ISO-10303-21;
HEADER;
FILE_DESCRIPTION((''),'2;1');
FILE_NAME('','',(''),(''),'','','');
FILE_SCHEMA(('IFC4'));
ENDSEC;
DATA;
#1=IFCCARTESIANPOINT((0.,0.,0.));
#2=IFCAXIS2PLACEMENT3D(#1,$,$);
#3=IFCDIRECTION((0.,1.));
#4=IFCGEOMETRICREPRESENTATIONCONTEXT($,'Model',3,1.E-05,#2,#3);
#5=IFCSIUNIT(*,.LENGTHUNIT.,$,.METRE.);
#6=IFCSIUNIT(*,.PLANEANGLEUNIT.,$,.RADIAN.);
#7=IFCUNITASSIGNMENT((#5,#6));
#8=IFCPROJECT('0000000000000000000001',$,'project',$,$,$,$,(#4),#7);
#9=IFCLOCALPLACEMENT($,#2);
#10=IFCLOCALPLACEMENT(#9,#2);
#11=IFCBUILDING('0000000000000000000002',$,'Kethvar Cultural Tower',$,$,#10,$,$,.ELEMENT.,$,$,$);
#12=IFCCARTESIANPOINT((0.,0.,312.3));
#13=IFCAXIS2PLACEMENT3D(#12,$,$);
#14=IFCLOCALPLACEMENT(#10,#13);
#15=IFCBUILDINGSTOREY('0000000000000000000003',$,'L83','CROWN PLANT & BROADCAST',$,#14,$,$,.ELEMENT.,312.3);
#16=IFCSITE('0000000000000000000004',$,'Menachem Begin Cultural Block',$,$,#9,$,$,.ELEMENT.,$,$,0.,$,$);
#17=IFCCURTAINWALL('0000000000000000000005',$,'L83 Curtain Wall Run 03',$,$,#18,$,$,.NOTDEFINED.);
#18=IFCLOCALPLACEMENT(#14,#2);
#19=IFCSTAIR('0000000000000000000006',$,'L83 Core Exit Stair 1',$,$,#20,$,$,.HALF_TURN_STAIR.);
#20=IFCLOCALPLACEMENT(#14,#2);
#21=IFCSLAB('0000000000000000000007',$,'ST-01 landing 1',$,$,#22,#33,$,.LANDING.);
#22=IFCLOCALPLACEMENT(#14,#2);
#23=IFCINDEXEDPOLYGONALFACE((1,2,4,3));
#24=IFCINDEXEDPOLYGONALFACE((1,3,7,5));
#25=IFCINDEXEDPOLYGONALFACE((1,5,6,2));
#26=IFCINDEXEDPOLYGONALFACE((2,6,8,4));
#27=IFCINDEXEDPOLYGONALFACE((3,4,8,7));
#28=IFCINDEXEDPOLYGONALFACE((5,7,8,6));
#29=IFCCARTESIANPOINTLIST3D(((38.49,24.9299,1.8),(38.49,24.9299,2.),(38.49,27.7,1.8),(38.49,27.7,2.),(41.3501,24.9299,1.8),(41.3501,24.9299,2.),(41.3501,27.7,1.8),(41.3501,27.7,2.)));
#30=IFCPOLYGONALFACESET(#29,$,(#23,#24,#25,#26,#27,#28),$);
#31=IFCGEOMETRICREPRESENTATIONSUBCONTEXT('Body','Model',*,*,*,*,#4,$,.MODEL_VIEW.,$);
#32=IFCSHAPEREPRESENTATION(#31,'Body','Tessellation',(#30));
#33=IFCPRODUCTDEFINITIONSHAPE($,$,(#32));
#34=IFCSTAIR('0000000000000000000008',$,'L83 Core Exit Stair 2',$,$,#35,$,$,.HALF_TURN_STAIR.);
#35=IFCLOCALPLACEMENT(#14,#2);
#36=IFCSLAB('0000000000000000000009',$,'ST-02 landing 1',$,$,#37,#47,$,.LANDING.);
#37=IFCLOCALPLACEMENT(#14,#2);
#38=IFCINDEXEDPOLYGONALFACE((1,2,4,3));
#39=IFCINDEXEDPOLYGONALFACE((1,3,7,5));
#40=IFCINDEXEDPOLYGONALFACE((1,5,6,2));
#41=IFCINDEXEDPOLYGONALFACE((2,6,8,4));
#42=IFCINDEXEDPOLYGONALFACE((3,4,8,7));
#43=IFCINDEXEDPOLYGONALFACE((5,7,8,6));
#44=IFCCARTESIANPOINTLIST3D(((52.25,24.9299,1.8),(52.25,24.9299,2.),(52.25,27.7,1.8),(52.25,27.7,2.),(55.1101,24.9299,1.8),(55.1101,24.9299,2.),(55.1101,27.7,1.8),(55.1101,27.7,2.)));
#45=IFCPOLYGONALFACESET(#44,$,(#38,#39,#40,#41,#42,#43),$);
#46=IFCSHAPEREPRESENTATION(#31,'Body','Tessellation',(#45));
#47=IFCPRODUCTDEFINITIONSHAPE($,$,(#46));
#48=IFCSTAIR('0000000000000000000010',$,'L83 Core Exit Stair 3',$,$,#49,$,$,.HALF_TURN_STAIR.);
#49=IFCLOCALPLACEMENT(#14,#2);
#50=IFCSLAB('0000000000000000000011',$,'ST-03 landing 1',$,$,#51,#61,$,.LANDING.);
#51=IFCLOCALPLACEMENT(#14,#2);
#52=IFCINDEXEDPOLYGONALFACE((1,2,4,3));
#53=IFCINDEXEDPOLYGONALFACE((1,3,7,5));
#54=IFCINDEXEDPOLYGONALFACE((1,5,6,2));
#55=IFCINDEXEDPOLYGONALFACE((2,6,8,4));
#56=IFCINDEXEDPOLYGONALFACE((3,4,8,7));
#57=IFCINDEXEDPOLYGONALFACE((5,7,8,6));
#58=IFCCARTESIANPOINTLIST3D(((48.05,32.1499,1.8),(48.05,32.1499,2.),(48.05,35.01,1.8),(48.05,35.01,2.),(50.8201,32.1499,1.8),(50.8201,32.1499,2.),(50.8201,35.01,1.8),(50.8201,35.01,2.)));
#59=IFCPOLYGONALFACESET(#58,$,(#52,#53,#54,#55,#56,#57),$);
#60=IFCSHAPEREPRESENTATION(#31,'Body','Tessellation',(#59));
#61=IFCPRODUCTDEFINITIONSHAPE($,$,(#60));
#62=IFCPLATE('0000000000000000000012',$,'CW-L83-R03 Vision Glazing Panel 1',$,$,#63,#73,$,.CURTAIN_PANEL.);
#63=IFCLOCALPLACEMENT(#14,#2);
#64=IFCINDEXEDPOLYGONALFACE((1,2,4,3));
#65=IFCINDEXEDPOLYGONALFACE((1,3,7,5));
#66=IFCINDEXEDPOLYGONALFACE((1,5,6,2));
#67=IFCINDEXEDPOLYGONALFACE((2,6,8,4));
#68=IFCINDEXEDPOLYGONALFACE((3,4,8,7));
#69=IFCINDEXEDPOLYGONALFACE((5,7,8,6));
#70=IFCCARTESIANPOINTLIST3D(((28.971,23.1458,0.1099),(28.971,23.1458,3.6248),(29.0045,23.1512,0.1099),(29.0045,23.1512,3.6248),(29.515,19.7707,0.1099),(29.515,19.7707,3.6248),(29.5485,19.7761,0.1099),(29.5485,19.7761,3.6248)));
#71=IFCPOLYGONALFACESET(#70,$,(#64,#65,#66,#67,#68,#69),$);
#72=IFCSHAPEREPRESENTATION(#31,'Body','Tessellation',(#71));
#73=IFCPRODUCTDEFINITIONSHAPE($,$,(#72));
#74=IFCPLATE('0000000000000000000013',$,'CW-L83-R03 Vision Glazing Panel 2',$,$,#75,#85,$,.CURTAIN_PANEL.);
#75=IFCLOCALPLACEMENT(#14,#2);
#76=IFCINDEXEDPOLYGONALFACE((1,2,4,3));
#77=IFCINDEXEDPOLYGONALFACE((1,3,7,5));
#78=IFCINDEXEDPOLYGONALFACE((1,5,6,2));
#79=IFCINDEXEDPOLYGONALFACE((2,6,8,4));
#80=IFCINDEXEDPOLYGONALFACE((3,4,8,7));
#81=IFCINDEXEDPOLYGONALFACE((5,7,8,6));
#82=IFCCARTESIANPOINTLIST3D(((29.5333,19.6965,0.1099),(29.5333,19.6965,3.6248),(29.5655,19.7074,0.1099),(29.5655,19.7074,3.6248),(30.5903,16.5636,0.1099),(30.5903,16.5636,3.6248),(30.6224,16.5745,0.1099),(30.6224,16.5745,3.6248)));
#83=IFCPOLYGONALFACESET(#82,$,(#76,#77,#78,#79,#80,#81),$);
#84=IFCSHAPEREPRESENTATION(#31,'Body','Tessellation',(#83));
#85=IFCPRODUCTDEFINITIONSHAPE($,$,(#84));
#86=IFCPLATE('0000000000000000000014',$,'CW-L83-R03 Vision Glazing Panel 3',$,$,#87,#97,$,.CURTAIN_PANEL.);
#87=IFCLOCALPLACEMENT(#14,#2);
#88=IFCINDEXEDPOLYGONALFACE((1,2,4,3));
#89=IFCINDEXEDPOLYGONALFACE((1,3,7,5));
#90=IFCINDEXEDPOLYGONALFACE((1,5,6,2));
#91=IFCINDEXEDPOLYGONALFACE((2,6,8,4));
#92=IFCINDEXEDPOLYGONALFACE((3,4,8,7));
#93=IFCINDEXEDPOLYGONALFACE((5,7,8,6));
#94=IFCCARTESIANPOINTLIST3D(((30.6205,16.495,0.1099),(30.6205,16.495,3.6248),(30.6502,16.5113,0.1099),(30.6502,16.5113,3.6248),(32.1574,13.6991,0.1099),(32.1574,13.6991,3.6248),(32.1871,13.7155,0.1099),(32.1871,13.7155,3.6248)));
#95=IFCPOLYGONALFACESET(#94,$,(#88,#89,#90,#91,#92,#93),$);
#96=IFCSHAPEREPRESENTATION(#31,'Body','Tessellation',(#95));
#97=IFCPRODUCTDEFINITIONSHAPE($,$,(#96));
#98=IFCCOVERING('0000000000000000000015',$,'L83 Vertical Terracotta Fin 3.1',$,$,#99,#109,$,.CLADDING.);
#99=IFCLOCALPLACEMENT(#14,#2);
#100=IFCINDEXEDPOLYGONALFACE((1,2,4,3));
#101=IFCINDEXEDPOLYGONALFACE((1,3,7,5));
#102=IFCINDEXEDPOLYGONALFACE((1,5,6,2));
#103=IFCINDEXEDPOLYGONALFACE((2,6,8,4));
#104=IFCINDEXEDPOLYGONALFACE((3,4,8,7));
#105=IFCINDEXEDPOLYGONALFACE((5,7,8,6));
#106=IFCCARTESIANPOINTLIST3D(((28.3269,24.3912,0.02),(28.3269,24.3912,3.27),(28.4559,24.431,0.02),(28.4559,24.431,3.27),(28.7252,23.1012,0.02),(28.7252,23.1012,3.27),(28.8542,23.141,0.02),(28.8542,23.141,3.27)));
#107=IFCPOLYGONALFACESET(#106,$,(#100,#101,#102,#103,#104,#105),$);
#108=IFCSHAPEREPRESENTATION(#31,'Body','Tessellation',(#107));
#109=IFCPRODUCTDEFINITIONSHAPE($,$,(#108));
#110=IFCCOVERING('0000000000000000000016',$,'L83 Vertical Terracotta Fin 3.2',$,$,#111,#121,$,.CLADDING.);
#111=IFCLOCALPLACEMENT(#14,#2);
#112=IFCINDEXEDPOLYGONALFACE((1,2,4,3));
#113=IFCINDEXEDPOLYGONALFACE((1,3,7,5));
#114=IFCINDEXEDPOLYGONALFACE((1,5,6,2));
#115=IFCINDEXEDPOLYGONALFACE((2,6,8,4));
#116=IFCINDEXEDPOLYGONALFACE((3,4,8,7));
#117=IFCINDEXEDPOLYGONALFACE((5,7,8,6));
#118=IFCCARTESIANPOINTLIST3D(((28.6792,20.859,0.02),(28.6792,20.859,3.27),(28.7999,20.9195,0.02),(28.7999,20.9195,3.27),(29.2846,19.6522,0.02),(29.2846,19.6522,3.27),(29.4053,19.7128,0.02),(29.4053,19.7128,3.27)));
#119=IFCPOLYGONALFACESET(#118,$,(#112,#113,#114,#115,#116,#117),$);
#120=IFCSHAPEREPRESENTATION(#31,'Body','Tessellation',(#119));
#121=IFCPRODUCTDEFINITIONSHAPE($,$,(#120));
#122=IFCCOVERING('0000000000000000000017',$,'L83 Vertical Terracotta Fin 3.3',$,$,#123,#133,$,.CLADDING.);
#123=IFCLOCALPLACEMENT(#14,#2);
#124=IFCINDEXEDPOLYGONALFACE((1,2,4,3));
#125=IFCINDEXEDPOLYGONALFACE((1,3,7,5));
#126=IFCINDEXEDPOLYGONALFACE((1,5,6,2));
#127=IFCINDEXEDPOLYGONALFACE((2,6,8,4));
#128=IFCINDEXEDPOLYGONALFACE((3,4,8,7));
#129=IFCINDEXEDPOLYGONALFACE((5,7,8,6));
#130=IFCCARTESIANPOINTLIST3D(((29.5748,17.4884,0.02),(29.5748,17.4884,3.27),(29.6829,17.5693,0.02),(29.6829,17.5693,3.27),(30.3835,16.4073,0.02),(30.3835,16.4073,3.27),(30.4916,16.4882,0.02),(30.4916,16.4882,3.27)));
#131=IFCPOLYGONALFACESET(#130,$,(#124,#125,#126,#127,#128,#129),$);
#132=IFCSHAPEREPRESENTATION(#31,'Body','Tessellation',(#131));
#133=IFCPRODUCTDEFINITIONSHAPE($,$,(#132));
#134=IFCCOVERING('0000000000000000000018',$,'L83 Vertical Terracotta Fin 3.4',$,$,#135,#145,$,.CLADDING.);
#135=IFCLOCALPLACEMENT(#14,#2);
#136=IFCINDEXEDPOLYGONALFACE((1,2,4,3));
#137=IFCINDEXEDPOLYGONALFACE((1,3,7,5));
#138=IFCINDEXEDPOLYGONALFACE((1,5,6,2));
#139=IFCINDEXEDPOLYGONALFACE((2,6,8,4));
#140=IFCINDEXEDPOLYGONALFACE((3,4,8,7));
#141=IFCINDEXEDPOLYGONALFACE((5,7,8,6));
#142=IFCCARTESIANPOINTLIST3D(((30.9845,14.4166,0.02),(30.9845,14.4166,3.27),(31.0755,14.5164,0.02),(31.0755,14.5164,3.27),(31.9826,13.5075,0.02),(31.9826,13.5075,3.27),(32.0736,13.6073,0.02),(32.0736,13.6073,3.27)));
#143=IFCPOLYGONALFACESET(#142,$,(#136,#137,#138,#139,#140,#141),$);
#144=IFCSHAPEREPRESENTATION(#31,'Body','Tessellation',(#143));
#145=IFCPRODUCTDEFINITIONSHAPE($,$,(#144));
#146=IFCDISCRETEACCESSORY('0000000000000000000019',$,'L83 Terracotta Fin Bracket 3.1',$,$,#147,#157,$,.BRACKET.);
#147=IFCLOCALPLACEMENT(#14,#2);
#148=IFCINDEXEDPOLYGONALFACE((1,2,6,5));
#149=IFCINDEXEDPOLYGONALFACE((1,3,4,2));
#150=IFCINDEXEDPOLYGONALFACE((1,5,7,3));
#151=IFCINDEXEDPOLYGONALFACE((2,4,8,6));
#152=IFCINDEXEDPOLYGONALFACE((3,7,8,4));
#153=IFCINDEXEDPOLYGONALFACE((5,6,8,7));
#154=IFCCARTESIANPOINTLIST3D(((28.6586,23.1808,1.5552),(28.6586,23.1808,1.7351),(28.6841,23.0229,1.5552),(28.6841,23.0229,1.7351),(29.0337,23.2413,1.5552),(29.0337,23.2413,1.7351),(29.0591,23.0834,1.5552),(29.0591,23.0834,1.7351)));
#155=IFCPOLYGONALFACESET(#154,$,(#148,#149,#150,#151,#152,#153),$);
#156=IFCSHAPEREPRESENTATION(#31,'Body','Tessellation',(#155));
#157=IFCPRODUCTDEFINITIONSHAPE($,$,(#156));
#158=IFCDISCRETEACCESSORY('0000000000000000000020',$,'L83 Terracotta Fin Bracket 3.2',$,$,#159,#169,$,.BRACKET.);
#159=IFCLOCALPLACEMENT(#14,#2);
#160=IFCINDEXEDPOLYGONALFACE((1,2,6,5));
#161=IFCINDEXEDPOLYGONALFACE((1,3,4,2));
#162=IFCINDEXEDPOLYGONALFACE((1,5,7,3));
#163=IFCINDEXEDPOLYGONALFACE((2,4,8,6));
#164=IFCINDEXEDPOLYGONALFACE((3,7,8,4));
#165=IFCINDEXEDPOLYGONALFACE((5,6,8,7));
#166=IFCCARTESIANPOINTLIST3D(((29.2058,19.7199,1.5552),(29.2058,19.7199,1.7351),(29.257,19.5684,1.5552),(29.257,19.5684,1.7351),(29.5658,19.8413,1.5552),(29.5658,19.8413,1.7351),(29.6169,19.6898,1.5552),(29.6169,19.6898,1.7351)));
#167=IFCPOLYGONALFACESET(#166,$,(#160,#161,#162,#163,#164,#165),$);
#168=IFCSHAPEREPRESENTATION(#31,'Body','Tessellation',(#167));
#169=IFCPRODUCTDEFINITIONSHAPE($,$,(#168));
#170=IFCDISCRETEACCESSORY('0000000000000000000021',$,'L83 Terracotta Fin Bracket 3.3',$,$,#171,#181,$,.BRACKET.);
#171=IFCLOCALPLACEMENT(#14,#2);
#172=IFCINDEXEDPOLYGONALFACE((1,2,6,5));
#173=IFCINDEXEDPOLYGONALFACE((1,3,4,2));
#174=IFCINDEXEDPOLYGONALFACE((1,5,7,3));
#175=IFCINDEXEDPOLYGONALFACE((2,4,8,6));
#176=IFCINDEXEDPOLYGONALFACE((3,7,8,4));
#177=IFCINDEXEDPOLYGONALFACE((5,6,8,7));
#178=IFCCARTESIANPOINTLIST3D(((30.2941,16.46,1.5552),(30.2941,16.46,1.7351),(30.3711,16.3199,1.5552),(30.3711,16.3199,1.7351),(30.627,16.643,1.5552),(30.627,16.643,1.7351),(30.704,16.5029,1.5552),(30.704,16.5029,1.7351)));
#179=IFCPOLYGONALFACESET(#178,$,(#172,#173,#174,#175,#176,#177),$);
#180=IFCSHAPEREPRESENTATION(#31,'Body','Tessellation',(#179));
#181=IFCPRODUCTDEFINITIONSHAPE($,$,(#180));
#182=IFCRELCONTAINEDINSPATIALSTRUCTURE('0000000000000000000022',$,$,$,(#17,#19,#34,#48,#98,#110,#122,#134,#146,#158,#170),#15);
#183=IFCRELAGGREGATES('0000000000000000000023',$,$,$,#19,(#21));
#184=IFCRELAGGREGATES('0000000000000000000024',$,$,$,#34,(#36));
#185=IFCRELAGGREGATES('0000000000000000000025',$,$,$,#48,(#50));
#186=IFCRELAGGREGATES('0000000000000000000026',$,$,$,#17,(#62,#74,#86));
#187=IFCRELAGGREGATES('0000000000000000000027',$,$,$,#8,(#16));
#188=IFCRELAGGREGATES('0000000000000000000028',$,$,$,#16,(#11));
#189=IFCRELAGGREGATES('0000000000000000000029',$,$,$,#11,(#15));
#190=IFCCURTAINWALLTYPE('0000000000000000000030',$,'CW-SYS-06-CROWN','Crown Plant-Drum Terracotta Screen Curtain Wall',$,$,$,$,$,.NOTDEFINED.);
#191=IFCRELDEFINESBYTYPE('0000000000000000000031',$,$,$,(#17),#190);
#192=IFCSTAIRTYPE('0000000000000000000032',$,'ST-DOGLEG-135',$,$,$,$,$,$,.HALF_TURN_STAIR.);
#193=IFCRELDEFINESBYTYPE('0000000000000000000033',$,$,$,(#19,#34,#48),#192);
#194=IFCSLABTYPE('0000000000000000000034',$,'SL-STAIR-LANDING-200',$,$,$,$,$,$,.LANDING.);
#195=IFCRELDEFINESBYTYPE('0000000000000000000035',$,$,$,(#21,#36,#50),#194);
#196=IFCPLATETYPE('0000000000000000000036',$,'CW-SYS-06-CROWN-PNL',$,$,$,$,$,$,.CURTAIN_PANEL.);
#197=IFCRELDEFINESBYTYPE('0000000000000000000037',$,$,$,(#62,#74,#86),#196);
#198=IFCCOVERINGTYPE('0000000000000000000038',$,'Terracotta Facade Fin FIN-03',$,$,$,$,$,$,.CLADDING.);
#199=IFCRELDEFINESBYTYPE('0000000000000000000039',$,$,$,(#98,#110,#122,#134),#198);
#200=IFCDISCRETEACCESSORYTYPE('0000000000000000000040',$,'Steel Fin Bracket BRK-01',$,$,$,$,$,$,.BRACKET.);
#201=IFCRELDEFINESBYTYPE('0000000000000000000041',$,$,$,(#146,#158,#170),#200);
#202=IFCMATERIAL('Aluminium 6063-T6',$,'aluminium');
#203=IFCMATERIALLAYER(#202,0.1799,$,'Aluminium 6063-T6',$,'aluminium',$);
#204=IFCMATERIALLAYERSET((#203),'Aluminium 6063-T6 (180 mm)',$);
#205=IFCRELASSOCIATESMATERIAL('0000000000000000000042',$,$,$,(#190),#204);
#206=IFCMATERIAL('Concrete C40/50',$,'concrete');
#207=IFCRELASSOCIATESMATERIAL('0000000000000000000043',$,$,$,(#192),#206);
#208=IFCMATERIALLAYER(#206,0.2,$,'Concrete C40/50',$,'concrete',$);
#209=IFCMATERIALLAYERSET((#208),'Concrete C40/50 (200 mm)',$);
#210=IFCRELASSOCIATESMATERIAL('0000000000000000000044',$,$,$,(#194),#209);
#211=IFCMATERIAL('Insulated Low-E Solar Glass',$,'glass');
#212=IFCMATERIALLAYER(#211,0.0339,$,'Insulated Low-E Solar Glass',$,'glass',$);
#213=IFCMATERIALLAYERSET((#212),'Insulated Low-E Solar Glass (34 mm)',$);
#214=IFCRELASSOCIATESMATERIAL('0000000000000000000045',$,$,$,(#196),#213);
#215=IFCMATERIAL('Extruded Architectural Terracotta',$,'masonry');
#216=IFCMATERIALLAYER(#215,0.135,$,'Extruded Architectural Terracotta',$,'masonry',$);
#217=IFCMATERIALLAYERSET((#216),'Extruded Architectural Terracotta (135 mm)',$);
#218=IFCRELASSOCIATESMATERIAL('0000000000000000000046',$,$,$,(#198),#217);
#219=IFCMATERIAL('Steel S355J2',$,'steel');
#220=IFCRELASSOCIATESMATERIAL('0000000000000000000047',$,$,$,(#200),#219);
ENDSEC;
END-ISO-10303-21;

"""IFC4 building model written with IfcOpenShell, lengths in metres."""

from ifc_helpers import new_model, si_unit, direction, frame, origin, origin_2d, place, context, subcontext, project, spatial, polyline, rectangle, outline, extrude, source, transform, mapped, material, layer, layer_set, type_object, element, aggregate, save


model = new_model("IFC4")

# Units and contexts
model_context = context("Model", 3, precision=1e-05, world=origin(), true_north=direction((0.0, 1.0)))
body_context = subcontext(model_context, "Body", "Model", "MODEL_VIEW")
ifc_project = project(units=[si_unit("LENGTHUNIT", "METRE"), si_unit("PLANEANGLEUNIT", "RADIAN")], contexts=[model_context])

# Site, building, storey
site_placement = place(None, origin())
site = spatial("IfcSite", under=ifc_project, at=site_placement, Name="Menachem Begin Cultural Block", CompositionType="ELEMENT", RefElevation=0.0)
building_placement = place(site_placement, origin())
building = spatial("IfcBuilding", under=site, at=building_placement, Name="Kethvar Cultural Tower", CompositionType="ELEMENT")
storey_placement = place(building_placement, frame((0.0, 0.0, 312.3)))
storey = spatial("IfcBuildingStorey", under=building, at=storey_placement, Name="L83", Description="CROWN PLANT & BROADCAST", CompositionType="ELEMENT", Elevation=312.3)

# Shared definitions
ifc_material_1 = material(Name="Steel S355J2", Category="steel")

# Shared definitions
ifc_material_2 = material(Name="Aluminium 6063-T6", Category="aluminium")
ifc_layer_1 = layer(ifc_material_2, 0.1799, Name="Aluminium 6063-T6", Category="aluminium")
ifc_layer_set_1 = layer_set([ifc_layer_1], Name="Aluminium 6063-T6 (180 mm)")
curtain_wall_type = type_object("IfcCurtainWallType", Name="CW-SYS-06-CROWN", Description="Crown Plant-Drum Terracotta Screen Curtain Wall", PredefinedType="NOTDEFINED", material=ifc_layer_set_1)

# Curtain wall
curtain_wall_1_placement = place(storey_placement, origin())
curtain_wall_1 = element("IfcCurtainWall", 1, at=curtain_wall_1_placement, inside=storey, type_object=curtain_wall_type, Name="L83 Curtain Wall Run 03", PredefinedType="NOTDEFINED")

# Stairs, slabs
ifc_material_3 = material(Name="Concrete C40/50", Category="concrete")
stair_type = type_object("IfcStairType", Name="ST-DOGLEG-135", PredefinedType="HALF_TURN_STAIR", material=ifc_material_3)
stair_1_placement = place(storey_placement, origin())
stair_1 = element("IfcStair", 2, at=stair_1_placement, inside=storey, type_object=stair_type, Name="L83 Core Exit Stair 1", PredefinedType="HALF_TURN_STAIR")
ifc_layer_2 = layer(ifc_material_3, 0.2, Name="Concrete C40/50", Category="concrete")
ifc_layer_set_2 = layer_set([ifc_layer_2], Name="Concrete C40/50 (200 mm)")
slab_type_1 = type_object("IfcSlabType", Name="SL-STAIR-LANDING-200", PredefinedType="LANDING", material=ifc_layer_set_2)
slab_1_placement = place(storey_placement, frame((0.0, 0.0, 1.8)))
slab_1 = element("IfcSlab", 3, at=slab_1_placement, type_object=slab_type_1, Name="ST-01 landing 1", PredefinedType="LANDING", context=body_context, shape_type="SweptSolid", body=[
    extrude(outline(polyline([(41.3501, 24.9299), (41.3501, 27.7), (38.49, 27.7), (38.49, 24.9299), (41.3501, 24.9299)])), origin(), (0.0, 0.0, 1.0), 0.2),
])
aggregate(stair_1, [slab_1])
stair_2_placement = place(storey_placement, origin())
stair_2 = element("IfcStair", 4, at=stair_2_placement, inside=storey, type_object=stair_type, Name="L83 Core Exit Stair 2", PredefinedType="HALF_TURN_STAIR")
slab_2_placement = place(storey_placement, frame((0.0, 0.0, 1.8)))
slab_2 = element("IfcSlab", 5, at=slab_2_placement, type_object=slab_type_1, Name="ST-02 landing 1", PredefinedType="LANDING", context=body_context, shape_type="SweptSolid", body=[
    extrude(outline(polyline([(55.1101, 24.9299), (55.1101, 27.7), (52.25, 27.7), (52.25, 24.9299), (55.1101, 24.9299)])), origin(), (0.0, 0.0, 1.0), 0.2),
])
aggregate(stair_2, [slab_2])
stair_3_placement = place(storey_placement, origin())
stair_3 = element("IfcStair", 6, at=stair_3_placement, inside=storey, type_object=stair_type, Name="L83 Core Exit Stair 3", PredefinedType="HALF_TURN_STAIR")
slab_3_placement = place(storey_placement, frame((0.0, 0.0, 1.8)))
slab_3 = element("IfcSlab", 7, at=slab_3_placement, type_object=slab_type_1, Name="ST-03 landing 1", PredefinedType="LANDING", context=body_context, shape_type="SweptSolid", body=[
    extrude(outline(polyline([(50.8201, 35.01), (48.05, 35.01), (48.05, 32.1499), (50.8201, 32.1499), (50.8201, 35.01)])), origin(), (0.0, 0.0, 1.0), 0.2),
])
aggregate(stair_3, [slab_3])

# Plates
ifc_material_4 = material(Name="Insulated Low-E Solar Glass", Category="glass")
ifc_layer_3 = layer(ifc_material_4, 0.0339, Name="Insulated Low-E Solar Glass", Category="glass")
ifc_layer_set_3 = layer_set([ifc_layer_3], Name="Insulated Low-E Solar Glass (34 mm)")
plate_type = type_object("IfcPlateType", Name="CW-SYS-06-CROWN-PNL", PredefinedType="CURTAIN_PANEL", material=ifc_layer_set_3)
shared_shape_1 = source(origin(), body_context, "Body", "SweptSolid", [
    extrude(rectangle(XDim=3.4187, YDim=0.0339, at=origin_2d()), origin(), (0.0, 0.0, 1.0), 3.5149),
])
plate_1_placement = place(storey_placement, frame((29.2598, 21.4609, 0.1099), z_axis=(0.0, 0.0, 1.0), x_axis=(0.159123, -0.987259, 0.0)))
plate_1 = element("IfcPlate", 8, at=plate_1_placement, type_object=plate_type, Name="CW-L83-R03 Vision Glazing Panel 1", PredefinedType="CURTAIN_PANEL", context=body_context, shape_type="MappedRepresentation", body=[
    mapped(shared_shape_1, transform((0.0, 0.0, 0.0), scale=1.0)),
])
shared_shape_2 = source(origin(), body_context, "Body", "SweptSolid", [
    extrude(rectangle(XDim=3.3064, YDim=0.0339, at=origin_2d()), origin(), (0.0, 0.0, 1.0), 3.5149),
])
plate_2_placement = place(storey_placement, frame((30.0779, 18.1355, 0.1099), z_axis=(0.0, 0.0, 1.0), x_axis=(0.319671, -0.947529, 0.0)))
plate_2 = element("IfcPlate", 9, at=plate_2_placement, type_object=plate_type, Name="CW-L83-R03 Vision Glazing Panel 2", PredefinedType="CURTAIN_PANEL", context=body_context, shape_type="MappedRepresentation", body=[
    mapped(shared_shape_2, transform((0.0, 0.0, 0.0), scale=1.0)),
])
shared_shape_3 = source(origin(), body_context, "Body", "SweptSolid", [
    extrude(rectangle(XDim=3.1904, YDim=0.0339, at=origin_2d()), origin(), (0.0, 0.0, 1.0), 3.5149),
])
plate_3_placement = place(storey_placement, frame((31.4038, 15.1052, 0.1099), z_axis=(0.0, 0.0, 1.0), x_axis=(0.481723, -0.876323, 0.0)))
plate_3 = element("IfcPlate", 10, at=plate_3_placement, type_object=plate_type, Name="CW-L83-R03 Vision Glazing Panel 3", PredefinedType="CURTAIN_PANEL", context=body_context, shape_type="MappedRepresentation", body=[
    mapped(shared_shape_3, transform((0.0, 0.0, 0.0), scale=1.0)),
])
aggregate(curtain_wall_1, [plate_1, plate_2, plate_3])

# Coverings
ifc_material_5 = material(Name="Extruded Architectural Terracotta", Category="masonry")
ifc_layer_4 = layer(ifc_material_5, 0.135, Name="Extruded Architectural Terracotta", Category="masonry")
ifc_layer_set_4 = layer_set([ifc_layer_4], Name="Extruded Architectural Terracotta (135 mm)")
covering_type = type_object("IfcCoveringType", Name="Terracotta Facade Fin FIN-03", PredefinedType="CLADDING", material=ifc_layer_set_4)
shared_shape_4 = source(origin(), body_context, "Body", "SweptSolid", [
    extrude(rectangle(XDim=1.3501, YDim=0.135, at=origin_2d()), origin(), (0.0, 0.0, 1.0), 3.25),
])
for number, where, z_axis, x_axis, name in (
    (11, (28.5906, 23.7661, 0.02), (0.0, 0.0, 1.0), (-0.295041, 0.955485, 0.0), "L83 Vertical Terracotta Fin 3.1"),
    (12, (29.0422, 20.2859, 0.02), (0.0, 0.0, 1.0), (-0.448383, 0.893841, 0.0), "L83 Vertical Terracotta Fin 3.2"),
    (13, (30.0332, 16.9883, 0.02), (0.0, 0.0, 1.0), (-0.599024, 0.800731, 0.0), "L83 Vertical Terracotta Fin 3.3"),
    (14, (31.5291, 14.012, 0.02), (0.0, 0.0, 1.0), (-0.739279, 0.6734, 0.0), "L83 Vertical Terracotta Fin 3.4"),
):
    element("IfcCovering", number, at=place(storey_placement, frame(where, z_axis=z_axis, x_axis=x_axis)), inside=storey, type_object=covering_type, Name=name, PredefinedType="CLADDING", context=body_context, shape_type="MappedRepresentation", body=[
        mapped(shared_shape_4, transform((0.0, 0.0, 0.0), scale=1.0)),
    ])

# Discrete accessories
discrete_accessory_type = type_object("IfcDiscreteAccessoryType", Name="Steel Fin Bracket BRK-01", PredefinedType="BRACKET", material=ifc_material_1)
shared_shape_5 = source(origin(), body_context, "Body", "SweptSolid", [
    extrude(rectangle(XDim=0.3799, YDim=0.1599, at=origin_2d()), origin(), (0.0, 0.0, 1.0), 0.1799),
])
for number, where, z_axis, x_axis, name in (
    (15, (28.8589, 23.1321, 1.5552), (0.0, 0.0, 1.0), (-0.987248, -0.159192, 0.0), "L83 Terracotta Fin Bracket 3.1"),
    (16, (29.4114, 19.7048, 1.5552), (0.0, 0.0, 1.0), (-0.947546, -0.319621, 0.0), "L83 Terracotta Fin Bracket 3.2"),
    (17, (30.499, 16.4814, 1.5552), (0.0, 0.0, 1.0), (-0.876307, -0.481754, 0.0), "L83 Terracotta Fin Bracket 3.3"),
):
    element("IfcDiscreteAccessory", number, at=place(storey_placement, frame(where, z_axis=z_axis, x_axis=x_axis)), inside=storey, type_object=discrete_accessory_type, Name=name, PredefinedType="BRACKET", context=body_context, shape_type="MappedRepresentation", body=[
        mapped(shared_shape_5, transform((0.0, 0.0, 0.0), scale=1.0)),
    ])

save(model, "model.ifc")
